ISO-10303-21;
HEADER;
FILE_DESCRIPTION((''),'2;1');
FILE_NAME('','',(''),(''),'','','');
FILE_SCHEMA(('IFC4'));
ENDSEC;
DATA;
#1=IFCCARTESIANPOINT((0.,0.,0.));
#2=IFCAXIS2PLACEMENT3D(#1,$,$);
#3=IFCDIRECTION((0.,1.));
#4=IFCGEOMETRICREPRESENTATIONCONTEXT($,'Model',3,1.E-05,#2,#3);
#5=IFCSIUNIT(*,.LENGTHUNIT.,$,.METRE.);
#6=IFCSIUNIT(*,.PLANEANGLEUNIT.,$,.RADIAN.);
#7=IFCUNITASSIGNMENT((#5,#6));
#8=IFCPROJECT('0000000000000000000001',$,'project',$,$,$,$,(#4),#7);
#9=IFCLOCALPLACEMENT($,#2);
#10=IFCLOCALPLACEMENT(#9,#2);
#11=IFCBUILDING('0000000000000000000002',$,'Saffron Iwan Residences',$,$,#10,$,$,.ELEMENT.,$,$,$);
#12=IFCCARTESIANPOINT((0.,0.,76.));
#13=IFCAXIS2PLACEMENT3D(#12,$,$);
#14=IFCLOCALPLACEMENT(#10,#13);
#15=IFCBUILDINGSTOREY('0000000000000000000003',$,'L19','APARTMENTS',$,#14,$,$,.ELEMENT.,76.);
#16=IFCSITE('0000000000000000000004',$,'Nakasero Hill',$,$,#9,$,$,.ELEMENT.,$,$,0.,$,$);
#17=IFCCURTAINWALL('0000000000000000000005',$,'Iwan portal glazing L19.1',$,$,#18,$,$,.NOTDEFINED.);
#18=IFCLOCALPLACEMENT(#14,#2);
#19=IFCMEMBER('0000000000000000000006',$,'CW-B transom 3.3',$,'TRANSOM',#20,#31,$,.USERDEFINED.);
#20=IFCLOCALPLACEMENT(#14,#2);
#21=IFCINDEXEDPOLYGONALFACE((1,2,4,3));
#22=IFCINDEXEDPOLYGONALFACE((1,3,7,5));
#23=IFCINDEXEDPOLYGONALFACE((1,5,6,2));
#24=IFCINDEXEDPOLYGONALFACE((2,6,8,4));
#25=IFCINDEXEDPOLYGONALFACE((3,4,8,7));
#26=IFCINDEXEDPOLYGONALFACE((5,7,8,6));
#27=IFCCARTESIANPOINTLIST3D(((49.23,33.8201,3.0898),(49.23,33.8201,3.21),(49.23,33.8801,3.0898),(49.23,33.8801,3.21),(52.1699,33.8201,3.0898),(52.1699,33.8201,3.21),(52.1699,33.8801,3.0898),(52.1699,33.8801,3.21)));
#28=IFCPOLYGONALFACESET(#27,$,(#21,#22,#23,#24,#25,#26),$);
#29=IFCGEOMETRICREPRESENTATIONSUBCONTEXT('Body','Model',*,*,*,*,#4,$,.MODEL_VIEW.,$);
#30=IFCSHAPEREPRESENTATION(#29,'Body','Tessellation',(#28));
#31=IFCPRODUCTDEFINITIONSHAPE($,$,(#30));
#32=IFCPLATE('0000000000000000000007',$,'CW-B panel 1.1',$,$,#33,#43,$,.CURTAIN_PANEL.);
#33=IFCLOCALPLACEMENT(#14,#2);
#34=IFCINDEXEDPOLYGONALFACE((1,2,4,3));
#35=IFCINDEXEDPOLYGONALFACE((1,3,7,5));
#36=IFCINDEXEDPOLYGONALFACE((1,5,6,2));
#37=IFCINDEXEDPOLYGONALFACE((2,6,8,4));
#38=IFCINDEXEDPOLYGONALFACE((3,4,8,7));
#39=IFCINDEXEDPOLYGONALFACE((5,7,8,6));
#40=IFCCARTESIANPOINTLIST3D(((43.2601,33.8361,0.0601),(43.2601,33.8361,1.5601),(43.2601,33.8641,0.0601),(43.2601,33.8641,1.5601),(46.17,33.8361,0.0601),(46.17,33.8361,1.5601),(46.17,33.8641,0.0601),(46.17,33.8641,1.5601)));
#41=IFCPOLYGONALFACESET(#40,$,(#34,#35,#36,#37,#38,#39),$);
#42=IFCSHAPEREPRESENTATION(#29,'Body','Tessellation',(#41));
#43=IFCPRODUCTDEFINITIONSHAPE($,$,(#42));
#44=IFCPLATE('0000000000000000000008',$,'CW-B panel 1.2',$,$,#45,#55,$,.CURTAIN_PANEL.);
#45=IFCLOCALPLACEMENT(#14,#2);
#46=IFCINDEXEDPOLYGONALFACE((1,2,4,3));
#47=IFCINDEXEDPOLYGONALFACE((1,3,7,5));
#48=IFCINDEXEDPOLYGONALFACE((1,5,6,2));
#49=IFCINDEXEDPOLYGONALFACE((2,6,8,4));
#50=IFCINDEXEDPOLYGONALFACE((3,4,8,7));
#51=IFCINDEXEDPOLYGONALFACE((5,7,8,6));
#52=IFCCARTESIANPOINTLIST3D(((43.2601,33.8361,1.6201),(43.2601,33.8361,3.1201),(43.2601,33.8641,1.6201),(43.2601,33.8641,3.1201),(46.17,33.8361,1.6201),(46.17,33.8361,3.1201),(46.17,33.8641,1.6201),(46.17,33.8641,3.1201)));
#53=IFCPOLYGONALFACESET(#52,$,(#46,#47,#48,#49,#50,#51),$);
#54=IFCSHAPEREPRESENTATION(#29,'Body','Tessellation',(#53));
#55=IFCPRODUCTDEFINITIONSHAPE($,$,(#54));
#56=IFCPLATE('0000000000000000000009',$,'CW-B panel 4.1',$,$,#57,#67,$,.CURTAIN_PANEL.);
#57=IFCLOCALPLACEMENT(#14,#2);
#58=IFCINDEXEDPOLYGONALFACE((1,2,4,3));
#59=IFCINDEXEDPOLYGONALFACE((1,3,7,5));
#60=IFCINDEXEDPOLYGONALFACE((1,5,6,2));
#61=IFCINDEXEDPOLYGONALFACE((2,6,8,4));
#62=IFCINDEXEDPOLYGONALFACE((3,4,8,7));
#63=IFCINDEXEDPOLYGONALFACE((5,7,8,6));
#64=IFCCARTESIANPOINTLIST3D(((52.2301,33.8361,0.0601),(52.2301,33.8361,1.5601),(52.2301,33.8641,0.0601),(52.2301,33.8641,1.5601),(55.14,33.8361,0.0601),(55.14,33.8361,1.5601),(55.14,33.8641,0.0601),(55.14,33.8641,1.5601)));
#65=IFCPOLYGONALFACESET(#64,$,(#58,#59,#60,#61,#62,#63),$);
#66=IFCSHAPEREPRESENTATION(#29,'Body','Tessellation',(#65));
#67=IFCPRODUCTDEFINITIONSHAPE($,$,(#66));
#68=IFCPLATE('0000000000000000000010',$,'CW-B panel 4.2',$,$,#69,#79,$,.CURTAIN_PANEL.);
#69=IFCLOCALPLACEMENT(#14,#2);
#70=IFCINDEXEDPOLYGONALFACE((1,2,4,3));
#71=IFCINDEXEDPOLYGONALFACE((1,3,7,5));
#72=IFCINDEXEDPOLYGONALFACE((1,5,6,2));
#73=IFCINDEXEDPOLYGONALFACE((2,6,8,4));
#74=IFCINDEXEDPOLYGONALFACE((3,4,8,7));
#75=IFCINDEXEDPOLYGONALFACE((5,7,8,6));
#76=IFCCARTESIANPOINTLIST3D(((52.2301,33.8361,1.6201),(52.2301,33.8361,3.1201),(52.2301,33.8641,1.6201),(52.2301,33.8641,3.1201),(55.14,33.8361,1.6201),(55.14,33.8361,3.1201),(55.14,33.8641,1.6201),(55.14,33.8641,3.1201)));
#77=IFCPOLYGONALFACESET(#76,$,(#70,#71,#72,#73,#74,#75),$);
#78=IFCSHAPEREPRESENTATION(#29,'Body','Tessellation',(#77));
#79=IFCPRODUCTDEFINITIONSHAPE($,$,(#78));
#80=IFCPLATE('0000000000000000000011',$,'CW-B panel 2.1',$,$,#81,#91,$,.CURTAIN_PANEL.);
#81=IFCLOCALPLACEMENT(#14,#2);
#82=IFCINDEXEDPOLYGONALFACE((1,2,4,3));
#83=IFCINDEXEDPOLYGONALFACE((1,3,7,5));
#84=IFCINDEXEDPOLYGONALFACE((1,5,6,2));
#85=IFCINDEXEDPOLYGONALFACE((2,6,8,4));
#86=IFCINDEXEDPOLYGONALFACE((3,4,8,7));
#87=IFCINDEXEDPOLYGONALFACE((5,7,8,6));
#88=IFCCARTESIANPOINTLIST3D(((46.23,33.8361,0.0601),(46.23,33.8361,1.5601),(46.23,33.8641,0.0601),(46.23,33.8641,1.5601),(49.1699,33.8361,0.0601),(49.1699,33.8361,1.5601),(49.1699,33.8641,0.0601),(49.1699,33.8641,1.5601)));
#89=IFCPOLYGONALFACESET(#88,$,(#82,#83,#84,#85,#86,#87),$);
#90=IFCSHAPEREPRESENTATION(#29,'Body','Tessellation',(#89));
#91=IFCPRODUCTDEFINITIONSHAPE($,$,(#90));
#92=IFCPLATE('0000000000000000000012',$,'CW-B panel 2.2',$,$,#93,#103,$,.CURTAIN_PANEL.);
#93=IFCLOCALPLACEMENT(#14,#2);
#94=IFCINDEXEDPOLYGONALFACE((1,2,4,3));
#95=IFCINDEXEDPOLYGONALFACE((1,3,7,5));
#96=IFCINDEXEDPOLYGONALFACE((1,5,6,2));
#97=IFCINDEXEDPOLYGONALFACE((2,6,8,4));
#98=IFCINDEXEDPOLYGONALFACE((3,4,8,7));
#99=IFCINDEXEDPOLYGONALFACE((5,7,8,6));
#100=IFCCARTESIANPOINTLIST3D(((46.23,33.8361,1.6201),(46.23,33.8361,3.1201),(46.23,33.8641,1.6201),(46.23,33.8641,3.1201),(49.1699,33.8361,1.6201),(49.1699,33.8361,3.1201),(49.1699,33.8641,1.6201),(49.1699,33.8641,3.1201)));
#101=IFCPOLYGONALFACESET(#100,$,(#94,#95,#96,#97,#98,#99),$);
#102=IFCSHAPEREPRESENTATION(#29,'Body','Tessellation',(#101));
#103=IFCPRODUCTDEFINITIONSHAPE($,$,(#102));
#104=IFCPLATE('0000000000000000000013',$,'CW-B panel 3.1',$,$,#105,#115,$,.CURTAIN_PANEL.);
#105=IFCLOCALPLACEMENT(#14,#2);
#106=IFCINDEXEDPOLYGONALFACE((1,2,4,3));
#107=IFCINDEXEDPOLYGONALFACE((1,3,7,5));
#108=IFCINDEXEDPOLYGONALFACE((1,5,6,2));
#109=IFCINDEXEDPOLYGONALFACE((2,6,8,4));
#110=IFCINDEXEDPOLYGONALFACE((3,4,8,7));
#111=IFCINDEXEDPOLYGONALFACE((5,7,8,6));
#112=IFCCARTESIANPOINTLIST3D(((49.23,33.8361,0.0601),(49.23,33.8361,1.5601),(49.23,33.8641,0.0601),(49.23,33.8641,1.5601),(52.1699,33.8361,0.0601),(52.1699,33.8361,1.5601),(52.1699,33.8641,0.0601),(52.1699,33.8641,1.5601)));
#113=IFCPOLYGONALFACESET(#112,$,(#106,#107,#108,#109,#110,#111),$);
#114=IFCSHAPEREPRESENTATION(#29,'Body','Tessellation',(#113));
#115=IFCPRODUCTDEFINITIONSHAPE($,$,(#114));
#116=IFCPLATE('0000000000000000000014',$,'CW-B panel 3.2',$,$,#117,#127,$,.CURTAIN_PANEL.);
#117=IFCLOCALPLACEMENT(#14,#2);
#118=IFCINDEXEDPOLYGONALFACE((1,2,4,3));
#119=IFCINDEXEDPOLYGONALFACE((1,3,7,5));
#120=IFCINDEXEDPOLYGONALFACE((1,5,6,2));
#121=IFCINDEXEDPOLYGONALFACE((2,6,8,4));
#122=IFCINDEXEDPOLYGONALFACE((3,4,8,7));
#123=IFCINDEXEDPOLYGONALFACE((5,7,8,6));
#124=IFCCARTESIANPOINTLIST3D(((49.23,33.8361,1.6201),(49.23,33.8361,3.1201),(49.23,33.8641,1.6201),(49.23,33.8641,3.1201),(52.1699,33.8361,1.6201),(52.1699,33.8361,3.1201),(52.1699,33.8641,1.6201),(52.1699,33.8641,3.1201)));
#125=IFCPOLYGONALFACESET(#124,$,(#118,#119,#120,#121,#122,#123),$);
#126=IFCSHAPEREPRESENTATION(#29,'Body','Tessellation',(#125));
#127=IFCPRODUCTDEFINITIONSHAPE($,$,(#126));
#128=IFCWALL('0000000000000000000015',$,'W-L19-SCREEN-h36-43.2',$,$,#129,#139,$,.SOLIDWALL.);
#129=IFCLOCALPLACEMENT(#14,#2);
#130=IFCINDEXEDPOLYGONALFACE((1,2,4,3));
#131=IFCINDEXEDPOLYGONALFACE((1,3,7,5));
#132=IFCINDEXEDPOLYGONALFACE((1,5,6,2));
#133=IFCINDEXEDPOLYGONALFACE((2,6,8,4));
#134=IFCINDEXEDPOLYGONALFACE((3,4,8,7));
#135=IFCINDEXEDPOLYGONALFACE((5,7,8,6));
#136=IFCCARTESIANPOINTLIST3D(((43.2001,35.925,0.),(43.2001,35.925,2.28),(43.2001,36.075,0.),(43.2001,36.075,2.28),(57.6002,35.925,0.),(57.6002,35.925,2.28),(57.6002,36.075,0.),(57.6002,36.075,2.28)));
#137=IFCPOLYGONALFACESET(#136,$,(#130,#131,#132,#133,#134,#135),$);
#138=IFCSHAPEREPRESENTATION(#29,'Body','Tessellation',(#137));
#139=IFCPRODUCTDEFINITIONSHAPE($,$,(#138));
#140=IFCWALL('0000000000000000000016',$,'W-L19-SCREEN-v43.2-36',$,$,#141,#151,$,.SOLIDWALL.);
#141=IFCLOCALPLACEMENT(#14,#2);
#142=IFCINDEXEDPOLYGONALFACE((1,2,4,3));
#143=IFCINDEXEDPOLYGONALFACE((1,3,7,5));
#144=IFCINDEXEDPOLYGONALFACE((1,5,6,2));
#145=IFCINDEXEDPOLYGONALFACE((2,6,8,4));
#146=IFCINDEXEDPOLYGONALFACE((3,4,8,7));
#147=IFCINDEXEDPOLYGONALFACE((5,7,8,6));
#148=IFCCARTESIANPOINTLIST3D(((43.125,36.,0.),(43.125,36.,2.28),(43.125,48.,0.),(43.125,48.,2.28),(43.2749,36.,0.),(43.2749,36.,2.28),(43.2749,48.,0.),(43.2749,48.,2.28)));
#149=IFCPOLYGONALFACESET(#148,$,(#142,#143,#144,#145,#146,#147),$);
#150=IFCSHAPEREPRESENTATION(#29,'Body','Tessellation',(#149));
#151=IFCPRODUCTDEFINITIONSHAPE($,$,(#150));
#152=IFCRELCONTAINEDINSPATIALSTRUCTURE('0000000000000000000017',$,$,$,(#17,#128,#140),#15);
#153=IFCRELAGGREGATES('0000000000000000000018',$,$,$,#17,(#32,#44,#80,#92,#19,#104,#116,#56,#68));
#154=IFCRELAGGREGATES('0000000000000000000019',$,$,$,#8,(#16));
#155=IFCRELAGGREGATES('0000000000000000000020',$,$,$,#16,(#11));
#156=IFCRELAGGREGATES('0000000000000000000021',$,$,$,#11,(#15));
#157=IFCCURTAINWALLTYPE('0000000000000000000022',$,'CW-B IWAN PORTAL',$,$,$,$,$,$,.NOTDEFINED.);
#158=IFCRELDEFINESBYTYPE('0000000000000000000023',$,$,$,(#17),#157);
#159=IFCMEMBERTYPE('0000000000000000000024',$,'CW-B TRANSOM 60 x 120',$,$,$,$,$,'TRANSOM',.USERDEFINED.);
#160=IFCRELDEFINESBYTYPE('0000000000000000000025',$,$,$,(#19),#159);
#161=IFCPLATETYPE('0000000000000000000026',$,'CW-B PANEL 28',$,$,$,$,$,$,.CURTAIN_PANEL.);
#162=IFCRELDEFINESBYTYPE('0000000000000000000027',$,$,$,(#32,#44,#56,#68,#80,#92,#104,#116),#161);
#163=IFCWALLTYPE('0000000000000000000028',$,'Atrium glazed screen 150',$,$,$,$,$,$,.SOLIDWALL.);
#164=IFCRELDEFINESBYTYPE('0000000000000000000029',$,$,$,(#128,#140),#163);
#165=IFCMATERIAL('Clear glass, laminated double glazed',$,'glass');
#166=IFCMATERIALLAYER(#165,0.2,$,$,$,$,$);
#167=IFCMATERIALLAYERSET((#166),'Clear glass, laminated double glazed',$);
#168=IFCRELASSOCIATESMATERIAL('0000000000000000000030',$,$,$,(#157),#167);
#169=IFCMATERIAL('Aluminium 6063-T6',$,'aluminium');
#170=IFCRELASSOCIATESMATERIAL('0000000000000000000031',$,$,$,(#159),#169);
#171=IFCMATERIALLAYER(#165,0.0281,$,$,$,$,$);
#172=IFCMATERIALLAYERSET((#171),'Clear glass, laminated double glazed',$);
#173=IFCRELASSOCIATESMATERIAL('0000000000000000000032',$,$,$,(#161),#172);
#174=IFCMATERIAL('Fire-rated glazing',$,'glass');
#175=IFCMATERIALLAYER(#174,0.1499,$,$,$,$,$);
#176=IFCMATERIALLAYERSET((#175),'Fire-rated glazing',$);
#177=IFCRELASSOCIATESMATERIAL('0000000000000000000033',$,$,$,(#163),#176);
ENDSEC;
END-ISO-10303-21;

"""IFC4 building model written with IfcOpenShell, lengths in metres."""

from ifc_helpers import new_model, si_unit, direction, frame, frame_2d, origin, origin_2d, place, context, subcontext, project, spatial, rectangle, extrude, source, transform, mapped, material, layer, layer_set, material_profile, profile_set, type_object, element, aggregate, save


model = new_model("IFC4")

# Units and contexts
model_context = context("Model", 3, precision=1e-05, world=origin(), true_north=direction((0.0, 1.0)))
body_context = subcontext(model_context, "Body", "Model", "MODEL_VIEW")
ifc_project = project(units=[si_unit("LENGTHUNIT", "METRE"), si_unit("PLANEANGLEUNIT", "RADIAN")], contexts=[model_context])

# Site, building, storey
site_placement = place(None, origin())
site = spatial("IfcSite", under=ifc_project, at=site_placement, Name="Nakasero Hill", CompositionType="ELEMENT", RefElevation=0.0)
building_placement = place(site_placement, origin())
building = spatial("IfcBuilding", under=site, at=building_placement, Name="Saffron Iwan Residences", CompositionType="ELEMENT")
storey_placement = place(building_placement, frame((0.0, 0.0, 76.0)))
storey = spatial("IfcBuildingStorey", under=building, at=storey_placement, Name="L19", Description="APARTMENTS", CompositionType="ELEMENT", Elevation=76.0)

# Curtain wall, member, plates
ifc_material_1 = material(Name="Clear glass, laminated double glazed", Category="glass")
ifc_layer_1 = layer(ifc_material_1, 0.2)
ifc_layer_set_1 = layer_set([ifc_layer_1], Name="Clear glass, laminated double glazed")
curtain_wall_type = type_object("IfcCurtainWallType", Name="CW-B IWAN PORTAL", PredefinedType="NOTDEFINED", material=ifc_layer_set_1)
curtain_wall_placement = place(storey_placement, origin())
curtain_wall = element("IfcCurtainWall", 1, at=curtain_wall_placement, inside=storey, type_object=curtain_wall_type, Name="Iwan portal glazing L19.1", PredefinedType="NOTDEFINED")
ifc_material_2 = material(Name="Aluminium 6063-T6", Category="aluminium")
ifc_material_profile_1 = material_profile(ifc_material_2, rectangle(XDim=0.0601, YDim=0.1201, at=origin_2d()), Name="CW-B TRANSOM 60 x 120")
ifc_profile_set_1 = profile_set([ifc_material_profile_1], Name="Aluminium 6063-T6")
member_type_1 = type_object("IfcMemberType", Name="CW-B TRANSOM 60 x 120", ElementType="TRANSOM", PredefinedType="USERDEFINED", material=ifc_profile_set_1)
shared_shape_1 = source(origin(), body_context, "Body", "SweptSolid", [
    extrude(rectangle(XDim=0.0601, YDim=0.1201, at=origin_2d()), origin(), (0.0, 0.0, 1.0), 2.9399),
])
member_1_placement = place(storey_placement, frame((49.23, 33.8501, 3.1499), z_axis=(1.0, 0.0, 0.0), x_axis=(0.0, 1.0, 0.0)))
member_1 = element("IfcMember", 2, at=member_1_placement, type_object=member_type_1, Name="CW-B transom 3.3", ObjectType="TRANSOM", PredefinedType="USERDEFINED", context=body_context, shape_type="MappedRepresentation", body=[
    mapped(shared_shape_1, transform((0.0, 0.0, 0.0))),
])
ifc_layer_2 = layer(ifc_material_1, 0.0281)
ifc_layer_set_2 = layer_set([ifc_layer_2], Name="Clear glass, laminated double glazed")
plate_type = type_object("IfcPlateType", Name="CW-B PANEL 28", PredefinedType="CURTAIN_PANEL", material=ifc_layer_set_2)
shared_shape_2 = source(origin(), body_context, "Body", "SweptSolid", [
    extrude(rectangle(XDim=2.9099, YDim=0.0281, at=origin_2d()), origin(), (0.0, 0.0, 1.0), 1.5),
])
plate_1_placement = place(storey_placement, frame((44.7151, 33.8501, 0.0601), z_axis=(0.0, 0.0, 1.0), x_axis=(1.0, 0.0, 0.0)))
plate_1 = element("IfcPlate", 3, at=plate_1_placement, type_object=plate_type, Name="CW-B panel 1.1", PredefinedType="CURTAIN_PANEL", context=body_context, shape_type="MappedRepresentation", body=[
    mapped(shared_shape_2, transform((0.0, 0.0, 0.0))),
])
plate_2_placement = place(storey_placement, frame((44.7151, 33.8501, 1.6201), z_axis=(0.0, 0.0, 1.0), x_axis=(1.0, 0.0, 0.0)))
plate_2 = element("IfcPlate", 4, at=plate_2_placement, type_object=plate_type, Name="CW-B panel 1.2", PredefinedType="CURTAIN_PANEL", context=body_context, shape_type="MappedRepresentation", body=[
    mapped(shared_shape_2, transform((0.0, 0.0, 0.0))),
])
plate_3_placement = place(storey_placement, frame((53.6851, 33.8501, 0.0601), z_axis=(0.0, 0.0, 1.0), x_axis=(1.0, 0.0, 0.0)))
plate_3 = element("IfcPlate", 5, at=plate_3_placement, type_object=plate_type, Name="CW-B panel 4.1", PredefinedType="CURTAIN_PANEL", context=body_context, shape_type="MappedRepresentation", body=[
    mapped(shared_shape_2, transform((0.0, 0.0, 0.0))),
])
plate_4_placement = place(storey_placement, frame((53.6851, 33.8501, 1.6201), z_axis=(0.0, 0.0, 1.0), x_axis=(1.0, 0.0, 0.0)))
plate_4 = element("IfcPlate", 6, at=plate_4_placement, type_object=plate_type, Name="CW-B panel 4.2", PredefinedType="CURTAIN_PANEL", context=body_context, shape_type="MappedRepresentation", body=[
    mapped(shared_shape_2, transform((0.0, 0.0, 0.0))),
])
shared_shape_3 = source(origin(), body_context, "Body", "SweptSolid", [
    extrude(rectangle(XDim=2.9399, YDim=0.0281, at=origin_2d()), origin(), (0.0, 0.0, 1.0), 1.5),
])
plate_5_placement = place(storey_placement, frame((47.7, 33.8501, 0.0601), z_axis=(0.0, 0.0, 1.0), x_axis=(1.0, 0.0, 0.0)))
plate_5 = element("IfcPlate", 7, at=plate_5_placement, type_object=plate_type, Name="CW-B panel 2.1", PredefinedType="CURTAIN_PANEL", context=body_context, shape_type="MappedRepresentation", body=[
    mapped(shared_shape_3, transform((0.0, 0.0, 0.0))),
])
plate_6_placement = place(storey_placement, frame((47.7, 33.8501, 1.6201), z_axis=(0.0, 0.0, 1.0), x_axis=(1.0, 0.0, 0.0)))
plate_6 = element("IfcPlate", 8, at=plate_6_placement, type_object=plate_type, Name="CW-B panel 2.2", PredefinedType="CURTAIN_PANEL", context=body_context, shape_type="MappedRepresentation", body=[
    mapped(shared_shape_3, transform((0.0, 0.0, 0.0))),
])
plate_7_placement = place(storey_placement, frame((50.7, 33.8501, 0.0601), z_axis=(0.0, 0.0, 1.0), x_axis=(1.0, 0.0, 0.0)))
plate_7 = element("IfcPlate", 9, at=plate_7_placement, type_object=plate_type, Name="CW-B panel 3.1", PredefinedType="CURTAIN_PANEL", context=body_context, shape_type="MappedRepresentation", body=[
    mapped(shared_shape_3, transform((0.0, 0.0, 0.0))),
])
plate_8_placement = place(storey_placement, frame((50.7, 33.8501, 1.6201), z_axis=(0.0, 0.0, 1.0), x_axis=(1.0, 0.0, 0.0)))
plate_8 = element("IfcPlate", 10, at=plate_8_placement, type_object=plate_type, Name="CW-B panel 3.2", PredefinedType="CURTAIN_PANEL", context=body_context, shape_type="MappedRepresentation", body=[
    mapped(shared_shape_3, transform((0.0, 0.0, 0.0))),
])
aggregate(curtain_wall, [plate_1, plate_2, plate_5, plate_6, member_1, plate_7, plate_8, plate_3, plate_4])

# Walls
ifc_material_3 = material(Name="Fire-rated glazing", Category="glass")
ifc_layer_3 = layer(ifc_material_3, 0.1499)
ifc_layer_set_3 = layer_set([ifc_layer_3], Name="Fire-rated glazing")
wall_type = type_object("IfcWallType", Name="Atrium glazed screen 150", PredefinedType="SOLIDWALL", material=ifc_layer_set_3)
wall_1_placement = place(storey_placement, frame((43.2, 36.0, 0.0), z_axis=(0.0, 0.0, 1.0), x_axis=(1.0, 0.0, 0.0)))
element("IfcWall", 11, at=wall_1_placement, inside=storey, type_object=wall_type, Name="W-L19-SCREEN-h36-43.2", PredefinedType="SOLIDWALL", context=body_context, shape_type="SweptSolid", body=[
    extrude(rectangle(XDim=14.4001, YDim=0.1499, at=frame_2d((7.2002, 0.0))), origin(), (0.0, 0.0, 1.0), 2.28),
])
wall_2_placement = place(storey_placement, frame((43.2, 36.0, 0.0), z_axis=(0.0, 0.0, 1.0), x_axis=(0.0, 1.0, 0.0)))
element("IfcWall", 12, at=wall_2_placement, inside=storey, type_object=wall_type, Name="W-L19-SCREEN-v43.2-36", PredefinedType="SOLIDWALL", context=body_context, shape_type="SweptSolid", body=[
    extrude(rectangle(XDim=12.0, YDim=0.1499, at=frame_2d((6.0, 0.0))), origin(), (0.0, 0.0, 1.0), 2.28),
])

save(model, "model.ifc")
